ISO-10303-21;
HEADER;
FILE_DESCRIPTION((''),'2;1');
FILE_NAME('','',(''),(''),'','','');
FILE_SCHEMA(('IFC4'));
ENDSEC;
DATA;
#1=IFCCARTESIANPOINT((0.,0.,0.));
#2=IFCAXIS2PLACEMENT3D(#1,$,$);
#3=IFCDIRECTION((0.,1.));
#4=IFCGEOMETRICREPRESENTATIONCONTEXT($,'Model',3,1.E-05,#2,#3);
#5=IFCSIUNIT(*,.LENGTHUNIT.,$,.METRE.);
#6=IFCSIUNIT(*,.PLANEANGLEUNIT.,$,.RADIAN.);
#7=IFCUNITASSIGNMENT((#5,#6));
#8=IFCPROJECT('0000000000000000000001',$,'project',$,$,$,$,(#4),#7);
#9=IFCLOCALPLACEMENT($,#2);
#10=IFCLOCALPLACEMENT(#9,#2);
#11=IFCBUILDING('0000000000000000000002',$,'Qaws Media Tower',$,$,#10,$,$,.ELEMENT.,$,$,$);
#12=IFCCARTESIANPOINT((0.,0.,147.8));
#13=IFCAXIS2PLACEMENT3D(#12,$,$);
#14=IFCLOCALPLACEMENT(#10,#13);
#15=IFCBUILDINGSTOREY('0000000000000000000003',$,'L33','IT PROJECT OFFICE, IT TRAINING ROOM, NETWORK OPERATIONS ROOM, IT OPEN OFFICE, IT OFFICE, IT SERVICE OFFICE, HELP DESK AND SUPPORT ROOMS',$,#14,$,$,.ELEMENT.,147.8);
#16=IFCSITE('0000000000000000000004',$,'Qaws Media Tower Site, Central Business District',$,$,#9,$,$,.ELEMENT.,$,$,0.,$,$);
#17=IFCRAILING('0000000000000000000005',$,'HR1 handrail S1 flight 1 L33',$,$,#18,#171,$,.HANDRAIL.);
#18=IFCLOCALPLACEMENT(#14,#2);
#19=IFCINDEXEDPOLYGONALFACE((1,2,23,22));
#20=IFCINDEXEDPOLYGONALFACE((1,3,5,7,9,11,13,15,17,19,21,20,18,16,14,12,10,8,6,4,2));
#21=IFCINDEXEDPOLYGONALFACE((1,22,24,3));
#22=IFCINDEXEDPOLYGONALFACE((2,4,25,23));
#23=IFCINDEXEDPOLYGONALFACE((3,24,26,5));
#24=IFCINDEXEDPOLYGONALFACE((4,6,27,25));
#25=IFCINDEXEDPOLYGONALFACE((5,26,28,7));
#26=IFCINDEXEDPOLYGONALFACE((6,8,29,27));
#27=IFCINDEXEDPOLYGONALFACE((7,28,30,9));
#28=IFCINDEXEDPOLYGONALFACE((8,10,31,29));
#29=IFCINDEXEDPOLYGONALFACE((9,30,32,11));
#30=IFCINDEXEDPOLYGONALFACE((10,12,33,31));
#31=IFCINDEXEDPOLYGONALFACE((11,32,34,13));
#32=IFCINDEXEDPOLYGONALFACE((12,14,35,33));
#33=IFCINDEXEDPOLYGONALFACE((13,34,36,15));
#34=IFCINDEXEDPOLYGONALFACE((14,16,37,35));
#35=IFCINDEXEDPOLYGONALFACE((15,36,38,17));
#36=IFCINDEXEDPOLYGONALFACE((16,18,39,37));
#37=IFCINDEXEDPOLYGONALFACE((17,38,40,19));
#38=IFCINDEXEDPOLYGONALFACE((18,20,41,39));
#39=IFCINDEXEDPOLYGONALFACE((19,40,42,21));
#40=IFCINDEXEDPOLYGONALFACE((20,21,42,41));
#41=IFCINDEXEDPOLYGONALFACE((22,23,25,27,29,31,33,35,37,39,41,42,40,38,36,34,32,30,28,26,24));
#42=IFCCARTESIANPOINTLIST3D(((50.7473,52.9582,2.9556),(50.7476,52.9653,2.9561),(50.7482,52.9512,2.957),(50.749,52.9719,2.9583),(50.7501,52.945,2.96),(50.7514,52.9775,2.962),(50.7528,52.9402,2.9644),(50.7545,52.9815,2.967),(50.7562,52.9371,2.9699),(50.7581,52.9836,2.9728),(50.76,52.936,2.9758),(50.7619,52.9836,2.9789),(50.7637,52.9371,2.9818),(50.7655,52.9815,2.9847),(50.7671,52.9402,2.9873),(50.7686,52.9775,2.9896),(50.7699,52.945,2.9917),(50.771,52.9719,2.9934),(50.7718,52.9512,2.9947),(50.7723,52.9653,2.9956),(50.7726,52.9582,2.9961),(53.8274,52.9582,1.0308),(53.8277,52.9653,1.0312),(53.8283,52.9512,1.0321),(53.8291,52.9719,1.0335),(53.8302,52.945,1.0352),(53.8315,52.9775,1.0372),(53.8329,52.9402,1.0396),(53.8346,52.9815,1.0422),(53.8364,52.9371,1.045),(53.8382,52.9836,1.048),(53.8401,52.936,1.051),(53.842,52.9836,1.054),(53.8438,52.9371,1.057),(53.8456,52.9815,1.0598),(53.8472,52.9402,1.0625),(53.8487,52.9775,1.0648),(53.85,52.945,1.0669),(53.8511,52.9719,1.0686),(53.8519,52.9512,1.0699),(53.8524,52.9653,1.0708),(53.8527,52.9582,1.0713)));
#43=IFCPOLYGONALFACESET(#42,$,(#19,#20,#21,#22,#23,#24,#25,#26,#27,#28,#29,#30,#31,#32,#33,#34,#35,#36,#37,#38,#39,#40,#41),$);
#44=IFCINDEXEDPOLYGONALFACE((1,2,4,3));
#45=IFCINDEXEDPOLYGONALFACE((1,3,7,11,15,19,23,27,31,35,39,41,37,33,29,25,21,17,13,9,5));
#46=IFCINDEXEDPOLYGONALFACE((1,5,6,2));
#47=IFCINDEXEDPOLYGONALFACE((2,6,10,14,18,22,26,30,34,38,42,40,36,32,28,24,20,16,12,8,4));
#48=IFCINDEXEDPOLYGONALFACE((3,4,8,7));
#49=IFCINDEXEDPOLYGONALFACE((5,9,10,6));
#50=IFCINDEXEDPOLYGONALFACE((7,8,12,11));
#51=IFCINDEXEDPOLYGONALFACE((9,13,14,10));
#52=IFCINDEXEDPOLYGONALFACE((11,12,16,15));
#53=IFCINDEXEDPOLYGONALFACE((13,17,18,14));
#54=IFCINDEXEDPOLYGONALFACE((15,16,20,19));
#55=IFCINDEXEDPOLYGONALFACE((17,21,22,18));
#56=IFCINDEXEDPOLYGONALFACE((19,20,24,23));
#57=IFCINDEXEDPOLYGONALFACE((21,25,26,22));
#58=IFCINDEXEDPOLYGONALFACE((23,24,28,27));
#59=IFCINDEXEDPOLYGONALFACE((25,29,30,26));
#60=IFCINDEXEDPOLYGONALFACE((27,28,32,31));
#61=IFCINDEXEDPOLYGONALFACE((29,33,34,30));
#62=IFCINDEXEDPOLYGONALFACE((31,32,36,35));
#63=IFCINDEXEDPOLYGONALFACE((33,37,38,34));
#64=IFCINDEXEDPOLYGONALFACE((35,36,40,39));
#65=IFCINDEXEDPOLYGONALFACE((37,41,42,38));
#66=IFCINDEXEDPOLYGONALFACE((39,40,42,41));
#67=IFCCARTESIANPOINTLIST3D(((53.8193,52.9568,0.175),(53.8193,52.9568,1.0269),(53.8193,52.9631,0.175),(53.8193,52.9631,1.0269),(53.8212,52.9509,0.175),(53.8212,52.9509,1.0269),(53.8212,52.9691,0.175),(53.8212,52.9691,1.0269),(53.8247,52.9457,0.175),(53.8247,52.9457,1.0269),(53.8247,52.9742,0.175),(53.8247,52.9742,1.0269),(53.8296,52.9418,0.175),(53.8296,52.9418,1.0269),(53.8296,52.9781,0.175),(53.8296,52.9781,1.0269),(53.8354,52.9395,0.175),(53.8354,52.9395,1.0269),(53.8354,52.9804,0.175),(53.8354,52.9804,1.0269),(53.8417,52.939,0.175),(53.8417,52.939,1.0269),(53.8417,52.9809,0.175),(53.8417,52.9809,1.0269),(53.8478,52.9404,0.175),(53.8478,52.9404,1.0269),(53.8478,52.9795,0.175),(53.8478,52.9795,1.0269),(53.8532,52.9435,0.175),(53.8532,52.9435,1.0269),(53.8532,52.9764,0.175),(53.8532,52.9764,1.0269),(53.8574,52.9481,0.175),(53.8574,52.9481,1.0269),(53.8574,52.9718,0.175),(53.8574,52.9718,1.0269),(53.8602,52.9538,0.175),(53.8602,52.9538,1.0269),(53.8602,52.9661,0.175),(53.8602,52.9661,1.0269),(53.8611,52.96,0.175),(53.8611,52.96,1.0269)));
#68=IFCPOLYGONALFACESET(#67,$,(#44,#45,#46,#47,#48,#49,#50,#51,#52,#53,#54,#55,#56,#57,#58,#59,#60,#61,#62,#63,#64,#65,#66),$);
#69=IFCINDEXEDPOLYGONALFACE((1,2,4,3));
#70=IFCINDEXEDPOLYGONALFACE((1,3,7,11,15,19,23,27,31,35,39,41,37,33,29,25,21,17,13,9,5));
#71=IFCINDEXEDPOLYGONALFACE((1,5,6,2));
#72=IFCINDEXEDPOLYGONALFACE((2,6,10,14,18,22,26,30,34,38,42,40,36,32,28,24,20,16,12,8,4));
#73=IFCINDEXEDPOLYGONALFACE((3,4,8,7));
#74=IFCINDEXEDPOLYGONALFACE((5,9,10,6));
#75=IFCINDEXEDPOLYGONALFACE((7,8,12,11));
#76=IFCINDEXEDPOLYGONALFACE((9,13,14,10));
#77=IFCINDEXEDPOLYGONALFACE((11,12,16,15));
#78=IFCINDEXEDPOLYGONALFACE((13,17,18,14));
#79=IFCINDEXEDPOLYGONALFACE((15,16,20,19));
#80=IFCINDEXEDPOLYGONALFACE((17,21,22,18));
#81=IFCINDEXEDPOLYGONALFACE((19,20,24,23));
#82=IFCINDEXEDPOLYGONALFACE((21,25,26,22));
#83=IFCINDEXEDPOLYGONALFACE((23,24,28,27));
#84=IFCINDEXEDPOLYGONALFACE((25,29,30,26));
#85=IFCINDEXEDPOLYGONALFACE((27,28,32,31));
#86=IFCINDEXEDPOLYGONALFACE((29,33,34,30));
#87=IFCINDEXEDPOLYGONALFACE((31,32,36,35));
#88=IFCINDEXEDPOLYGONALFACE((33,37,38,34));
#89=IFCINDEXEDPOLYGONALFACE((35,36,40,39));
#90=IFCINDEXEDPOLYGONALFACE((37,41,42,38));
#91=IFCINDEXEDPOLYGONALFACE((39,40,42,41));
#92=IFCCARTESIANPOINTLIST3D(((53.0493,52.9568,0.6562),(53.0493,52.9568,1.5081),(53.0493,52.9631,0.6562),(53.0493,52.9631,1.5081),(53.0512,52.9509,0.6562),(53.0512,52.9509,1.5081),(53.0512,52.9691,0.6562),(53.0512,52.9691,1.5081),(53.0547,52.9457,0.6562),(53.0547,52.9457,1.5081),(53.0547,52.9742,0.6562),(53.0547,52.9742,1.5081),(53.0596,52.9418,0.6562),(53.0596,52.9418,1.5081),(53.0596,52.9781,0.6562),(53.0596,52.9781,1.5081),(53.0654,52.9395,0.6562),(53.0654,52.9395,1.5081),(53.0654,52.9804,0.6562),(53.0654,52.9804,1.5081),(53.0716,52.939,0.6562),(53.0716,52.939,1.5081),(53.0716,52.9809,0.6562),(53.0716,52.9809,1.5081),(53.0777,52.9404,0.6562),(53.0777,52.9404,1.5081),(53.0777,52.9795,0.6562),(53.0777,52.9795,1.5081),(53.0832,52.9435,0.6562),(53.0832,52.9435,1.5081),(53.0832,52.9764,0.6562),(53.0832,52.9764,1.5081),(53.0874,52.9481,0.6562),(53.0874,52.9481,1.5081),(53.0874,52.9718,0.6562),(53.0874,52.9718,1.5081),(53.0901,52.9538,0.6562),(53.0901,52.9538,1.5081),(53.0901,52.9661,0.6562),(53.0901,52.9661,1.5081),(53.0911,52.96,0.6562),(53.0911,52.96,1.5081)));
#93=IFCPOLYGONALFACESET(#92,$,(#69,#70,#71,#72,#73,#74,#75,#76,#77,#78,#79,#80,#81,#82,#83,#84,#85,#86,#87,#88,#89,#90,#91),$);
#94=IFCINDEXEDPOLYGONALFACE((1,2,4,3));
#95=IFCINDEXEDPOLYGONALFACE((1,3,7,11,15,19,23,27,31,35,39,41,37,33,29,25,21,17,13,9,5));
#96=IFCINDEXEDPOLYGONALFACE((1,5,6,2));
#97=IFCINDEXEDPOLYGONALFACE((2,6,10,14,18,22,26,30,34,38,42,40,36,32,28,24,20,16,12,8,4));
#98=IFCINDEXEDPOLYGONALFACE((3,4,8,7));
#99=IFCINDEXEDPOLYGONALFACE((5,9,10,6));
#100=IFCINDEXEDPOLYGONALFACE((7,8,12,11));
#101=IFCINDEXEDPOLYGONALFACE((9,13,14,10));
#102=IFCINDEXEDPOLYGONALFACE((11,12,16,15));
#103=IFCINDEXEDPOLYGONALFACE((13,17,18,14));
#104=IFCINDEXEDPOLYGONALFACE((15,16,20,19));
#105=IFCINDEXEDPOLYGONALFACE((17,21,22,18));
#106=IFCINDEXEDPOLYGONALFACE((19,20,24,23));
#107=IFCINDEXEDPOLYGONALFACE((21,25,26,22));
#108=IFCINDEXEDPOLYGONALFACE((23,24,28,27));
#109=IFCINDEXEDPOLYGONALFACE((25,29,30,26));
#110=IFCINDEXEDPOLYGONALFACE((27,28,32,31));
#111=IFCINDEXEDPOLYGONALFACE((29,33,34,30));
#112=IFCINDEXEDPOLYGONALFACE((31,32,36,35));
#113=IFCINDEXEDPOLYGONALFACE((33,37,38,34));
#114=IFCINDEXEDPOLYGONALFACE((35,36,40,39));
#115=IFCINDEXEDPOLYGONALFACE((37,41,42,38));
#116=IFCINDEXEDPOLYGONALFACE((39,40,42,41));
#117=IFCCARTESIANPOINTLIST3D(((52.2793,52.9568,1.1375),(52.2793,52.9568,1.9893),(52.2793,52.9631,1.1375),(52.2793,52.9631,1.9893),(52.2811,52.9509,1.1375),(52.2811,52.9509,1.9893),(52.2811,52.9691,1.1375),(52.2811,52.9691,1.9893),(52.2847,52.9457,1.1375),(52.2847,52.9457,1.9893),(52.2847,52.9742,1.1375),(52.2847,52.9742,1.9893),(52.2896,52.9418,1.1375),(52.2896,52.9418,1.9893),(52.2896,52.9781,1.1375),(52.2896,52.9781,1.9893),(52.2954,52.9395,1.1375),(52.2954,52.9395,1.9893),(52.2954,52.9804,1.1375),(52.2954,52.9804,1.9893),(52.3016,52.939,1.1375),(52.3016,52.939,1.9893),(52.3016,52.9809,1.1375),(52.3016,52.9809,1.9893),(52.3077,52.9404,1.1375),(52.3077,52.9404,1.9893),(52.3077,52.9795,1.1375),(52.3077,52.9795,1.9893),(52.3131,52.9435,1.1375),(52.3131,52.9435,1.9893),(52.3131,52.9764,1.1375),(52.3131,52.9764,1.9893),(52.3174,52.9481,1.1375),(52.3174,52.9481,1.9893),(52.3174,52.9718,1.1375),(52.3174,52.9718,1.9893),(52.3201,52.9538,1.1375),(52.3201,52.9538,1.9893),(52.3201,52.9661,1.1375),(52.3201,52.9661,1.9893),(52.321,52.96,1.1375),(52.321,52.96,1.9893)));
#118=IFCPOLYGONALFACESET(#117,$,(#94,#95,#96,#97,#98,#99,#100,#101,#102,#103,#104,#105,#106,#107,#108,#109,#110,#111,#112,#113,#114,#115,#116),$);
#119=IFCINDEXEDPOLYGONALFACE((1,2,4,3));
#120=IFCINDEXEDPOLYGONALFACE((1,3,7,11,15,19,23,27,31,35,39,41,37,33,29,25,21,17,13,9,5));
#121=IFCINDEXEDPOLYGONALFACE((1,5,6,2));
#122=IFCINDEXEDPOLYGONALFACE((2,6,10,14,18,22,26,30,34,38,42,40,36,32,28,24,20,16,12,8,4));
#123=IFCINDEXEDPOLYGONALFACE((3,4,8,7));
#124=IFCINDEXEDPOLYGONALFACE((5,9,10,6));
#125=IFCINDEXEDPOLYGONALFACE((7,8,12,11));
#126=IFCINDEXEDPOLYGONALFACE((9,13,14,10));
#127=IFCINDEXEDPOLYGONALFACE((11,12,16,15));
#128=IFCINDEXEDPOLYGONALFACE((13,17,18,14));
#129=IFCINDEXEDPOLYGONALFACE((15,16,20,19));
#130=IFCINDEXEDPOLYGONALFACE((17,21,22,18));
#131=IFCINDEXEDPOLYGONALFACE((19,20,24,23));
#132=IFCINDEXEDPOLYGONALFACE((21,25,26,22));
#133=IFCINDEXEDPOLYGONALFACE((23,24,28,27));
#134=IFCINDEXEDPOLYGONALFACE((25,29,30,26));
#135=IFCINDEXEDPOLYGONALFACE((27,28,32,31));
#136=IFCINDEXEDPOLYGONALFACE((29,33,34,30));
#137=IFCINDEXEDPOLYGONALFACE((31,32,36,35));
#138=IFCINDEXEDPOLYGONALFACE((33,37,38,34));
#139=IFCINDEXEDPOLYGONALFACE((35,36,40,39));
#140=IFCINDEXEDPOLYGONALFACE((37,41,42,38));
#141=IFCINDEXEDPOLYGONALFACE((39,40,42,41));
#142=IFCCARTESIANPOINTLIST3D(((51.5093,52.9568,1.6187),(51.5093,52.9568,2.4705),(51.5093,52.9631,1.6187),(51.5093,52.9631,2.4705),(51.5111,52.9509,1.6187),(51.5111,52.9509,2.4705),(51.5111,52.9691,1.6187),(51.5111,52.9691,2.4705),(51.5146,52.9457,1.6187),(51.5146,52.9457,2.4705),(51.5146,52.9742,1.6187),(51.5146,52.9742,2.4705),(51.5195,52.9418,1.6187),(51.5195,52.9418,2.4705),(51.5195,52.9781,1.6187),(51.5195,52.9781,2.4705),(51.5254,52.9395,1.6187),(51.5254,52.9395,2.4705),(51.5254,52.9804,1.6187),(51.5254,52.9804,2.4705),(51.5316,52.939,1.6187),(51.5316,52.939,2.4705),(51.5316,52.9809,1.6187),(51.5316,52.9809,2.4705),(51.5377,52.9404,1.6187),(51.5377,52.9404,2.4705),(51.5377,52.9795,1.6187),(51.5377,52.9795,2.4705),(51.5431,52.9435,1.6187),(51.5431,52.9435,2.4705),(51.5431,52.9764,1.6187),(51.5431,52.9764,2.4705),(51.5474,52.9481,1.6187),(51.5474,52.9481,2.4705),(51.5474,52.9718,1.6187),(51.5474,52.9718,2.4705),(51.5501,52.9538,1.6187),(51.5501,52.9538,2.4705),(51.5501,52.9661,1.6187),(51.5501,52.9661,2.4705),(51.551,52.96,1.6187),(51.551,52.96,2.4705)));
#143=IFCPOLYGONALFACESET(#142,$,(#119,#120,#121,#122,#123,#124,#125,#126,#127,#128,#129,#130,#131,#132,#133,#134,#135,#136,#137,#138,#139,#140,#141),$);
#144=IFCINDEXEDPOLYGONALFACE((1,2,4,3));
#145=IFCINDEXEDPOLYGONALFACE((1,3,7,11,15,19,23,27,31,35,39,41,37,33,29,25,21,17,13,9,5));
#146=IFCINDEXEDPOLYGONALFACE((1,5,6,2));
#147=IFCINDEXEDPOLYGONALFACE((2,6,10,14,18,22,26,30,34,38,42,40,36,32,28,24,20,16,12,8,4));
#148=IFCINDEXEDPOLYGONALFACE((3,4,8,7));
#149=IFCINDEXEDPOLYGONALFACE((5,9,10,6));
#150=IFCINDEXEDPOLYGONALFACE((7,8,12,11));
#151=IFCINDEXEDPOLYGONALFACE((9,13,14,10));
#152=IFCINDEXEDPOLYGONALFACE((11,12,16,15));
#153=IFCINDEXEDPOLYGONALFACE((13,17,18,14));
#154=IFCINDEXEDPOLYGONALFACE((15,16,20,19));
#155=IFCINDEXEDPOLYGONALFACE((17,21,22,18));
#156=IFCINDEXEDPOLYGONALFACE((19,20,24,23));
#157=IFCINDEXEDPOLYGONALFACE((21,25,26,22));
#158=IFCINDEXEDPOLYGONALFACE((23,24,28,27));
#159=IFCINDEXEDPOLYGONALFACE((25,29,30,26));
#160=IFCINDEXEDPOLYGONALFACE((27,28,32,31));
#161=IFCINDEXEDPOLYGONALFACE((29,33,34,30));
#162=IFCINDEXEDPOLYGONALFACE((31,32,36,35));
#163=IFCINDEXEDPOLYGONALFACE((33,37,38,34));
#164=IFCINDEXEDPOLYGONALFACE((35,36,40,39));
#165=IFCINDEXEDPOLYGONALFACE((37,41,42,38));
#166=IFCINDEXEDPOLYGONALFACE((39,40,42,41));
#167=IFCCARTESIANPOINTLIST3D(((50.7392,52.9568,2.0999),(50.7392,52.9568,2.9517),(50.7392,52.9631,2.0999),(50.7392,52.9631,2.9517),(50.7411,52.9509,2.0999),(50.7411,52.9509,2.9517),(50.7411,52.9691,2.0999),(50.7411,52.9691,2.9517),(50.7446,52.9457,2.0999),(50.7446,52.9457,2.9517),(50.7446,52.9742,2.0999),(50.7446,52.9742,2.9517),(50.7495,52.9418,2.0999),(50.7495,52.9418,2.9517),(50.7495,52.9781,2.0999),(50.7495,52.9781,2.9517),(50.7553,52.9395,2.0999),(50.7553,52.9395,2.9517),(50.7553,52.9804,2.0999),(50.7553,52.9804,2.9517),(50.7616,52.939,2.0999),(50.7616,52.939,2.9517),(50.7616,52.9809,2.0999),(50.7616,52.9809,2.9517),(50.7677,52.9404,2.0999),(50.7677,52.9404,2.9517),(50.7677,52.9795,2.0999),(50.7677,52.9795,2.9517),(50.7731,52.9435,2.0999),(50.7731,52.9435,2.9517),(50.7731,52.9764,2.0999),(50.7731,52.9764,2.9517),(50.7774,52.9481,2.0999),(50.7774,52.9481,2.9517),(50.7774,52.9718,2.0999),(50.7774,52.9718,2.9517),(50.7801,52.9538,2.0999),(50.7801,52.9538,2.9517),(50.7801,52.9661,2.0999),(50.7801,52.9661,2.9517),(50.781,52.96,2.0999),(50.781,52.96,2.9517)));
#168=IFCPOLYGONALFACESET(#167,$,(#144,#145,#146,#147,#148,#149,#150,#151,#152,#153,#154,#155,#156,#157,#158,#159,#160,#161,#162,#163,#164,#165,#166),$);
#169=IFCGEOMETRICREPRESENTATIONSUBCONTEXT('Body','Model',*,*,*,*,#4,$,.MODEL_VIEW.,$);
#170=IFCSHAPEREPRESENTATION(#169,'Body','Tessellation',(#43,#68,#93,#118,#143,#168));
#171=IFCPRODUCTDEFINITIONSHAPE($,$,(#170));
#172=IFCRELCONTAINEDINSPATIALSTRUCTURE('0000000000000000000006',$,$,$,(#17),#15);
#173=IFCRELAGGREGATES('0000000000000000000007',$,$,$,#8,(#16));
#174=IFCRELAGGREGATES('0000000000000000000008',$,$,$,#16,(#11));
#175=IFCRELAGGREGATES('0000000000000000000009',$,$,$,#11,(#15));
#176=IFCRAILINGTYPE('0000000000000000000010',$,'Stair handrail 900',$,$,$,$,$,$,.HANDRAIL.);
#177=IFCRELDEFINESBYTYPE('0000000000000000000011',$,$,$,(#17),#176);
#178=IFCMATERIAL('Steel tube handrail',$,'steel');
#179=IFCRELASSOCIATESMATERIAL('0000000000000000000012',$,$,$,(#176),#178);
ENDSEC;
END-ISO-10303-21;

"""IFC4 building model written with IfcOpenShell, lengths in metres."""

from ifc_helpers import new_model, si_unit, direction, frame, origin, origin_2d, place, context, subcontext, project, spatial, circle, extrude, material, type_object, element, save


model = new_model("IFC4")

# Units and contexts
model_context = context("Model", 3, precision=1e-05, world=origin(), true_north=direction((0.0, 1.0)))
body_context = subcontext(model_context, "Body", "Model", "MODEL_VIEW")
ifc_project = project(units=[si_unit("LENGTHUNIT", "METRE"), si_unit("PLANEANGLEUNIT", "RADIAN")], contexts=[model_context])

# Site, building, storey
site_placement = place(None, origin())
site = spatial("IfcSite", under=ifc_project, at=site_placement, Name="Qaws Media Tower Site, Central Business District", CompositionType="ELEMENT", RefElevation=0.0)
building_placement = place(site_placement, origin())
building = spatial("IfcBuilding", under=site, at=building_placement, Name="Qaws Media Tower", CompositionType="ELEMENT")
storey_placement = place(building_placement, frame((0.0, 0.0, 147.8)))
storey = spatial("IfcBuildingStorey", under=building, at=storey_placement, Name="L33", Description="IT PROJECT OFFICE, IT TRAINING ROOM, NETWORK OPERATIONS ROOM, IT OPEN OFFICE, IT OFFICE, IT SERVICE OFFICE, HELP DESK AND SUPPORT ROOMS", CompositionType="ELEMENT", Elevation=147.8)

# Railing
ifc_material_1 = material(Name="Steel tube handrail", Category="steel")
railing_type = type_object("IfcRailingType", Name="Stair handrail 900", PredefinedType="HANDRAIL", material=ifc_material_1)
for number, where, name in (
    (1, (53.8401, 52.96, 0.175), "HR1 handrail S1 flight 1 L33"),
):
    element("IfcRailing", number, at=place(storey_placement, frame(where)), inside=storey, type_object=railing_type, Name=name, PredefinedType="HANDRAIL", context=body_context, shape_type="SweptSolid", body=[
        extrude(circle(Radius=0.0239, at=origin_2d()), frame((0.0, 0.0, 0.876), z_axis=(-0.848029, 0.0, 0.529951), x_axis=(0.0, -1.0, 0.0)), (0.0, 0.0, 1.0), 3.6321),
        extrude(circle(Radius=0.021, at=origin_2d()), origin(), (0.0, 0.0, 1.0), 0.8518),
        extrude(circle(Radius=0.021, at=origin_2d()), frame((-0.77, 0.0, 0.4812)), (0.0, 0.0, 1.0), 0.8518),
        extrude(circle(Radius=0.021, at=origin_2d()), frame((-1.54, 0.0, 0.9624)), (0.0, 0.0, 1.0), 0.8518),
        extrude(circle(Radius=0.021, at=origin_2d()), frame((-2.3101, 0.0, 1.4436)), (0.0, 0.0, 1.0), 0.8518),
        extrude(circle(Radius=0.021, at=origin_2d()), frame((-3.0801, 0.0, 1.9248)), (0.0, 0.0, 1.0), 0.8518),
    ])

save(model, "model.ifc")
